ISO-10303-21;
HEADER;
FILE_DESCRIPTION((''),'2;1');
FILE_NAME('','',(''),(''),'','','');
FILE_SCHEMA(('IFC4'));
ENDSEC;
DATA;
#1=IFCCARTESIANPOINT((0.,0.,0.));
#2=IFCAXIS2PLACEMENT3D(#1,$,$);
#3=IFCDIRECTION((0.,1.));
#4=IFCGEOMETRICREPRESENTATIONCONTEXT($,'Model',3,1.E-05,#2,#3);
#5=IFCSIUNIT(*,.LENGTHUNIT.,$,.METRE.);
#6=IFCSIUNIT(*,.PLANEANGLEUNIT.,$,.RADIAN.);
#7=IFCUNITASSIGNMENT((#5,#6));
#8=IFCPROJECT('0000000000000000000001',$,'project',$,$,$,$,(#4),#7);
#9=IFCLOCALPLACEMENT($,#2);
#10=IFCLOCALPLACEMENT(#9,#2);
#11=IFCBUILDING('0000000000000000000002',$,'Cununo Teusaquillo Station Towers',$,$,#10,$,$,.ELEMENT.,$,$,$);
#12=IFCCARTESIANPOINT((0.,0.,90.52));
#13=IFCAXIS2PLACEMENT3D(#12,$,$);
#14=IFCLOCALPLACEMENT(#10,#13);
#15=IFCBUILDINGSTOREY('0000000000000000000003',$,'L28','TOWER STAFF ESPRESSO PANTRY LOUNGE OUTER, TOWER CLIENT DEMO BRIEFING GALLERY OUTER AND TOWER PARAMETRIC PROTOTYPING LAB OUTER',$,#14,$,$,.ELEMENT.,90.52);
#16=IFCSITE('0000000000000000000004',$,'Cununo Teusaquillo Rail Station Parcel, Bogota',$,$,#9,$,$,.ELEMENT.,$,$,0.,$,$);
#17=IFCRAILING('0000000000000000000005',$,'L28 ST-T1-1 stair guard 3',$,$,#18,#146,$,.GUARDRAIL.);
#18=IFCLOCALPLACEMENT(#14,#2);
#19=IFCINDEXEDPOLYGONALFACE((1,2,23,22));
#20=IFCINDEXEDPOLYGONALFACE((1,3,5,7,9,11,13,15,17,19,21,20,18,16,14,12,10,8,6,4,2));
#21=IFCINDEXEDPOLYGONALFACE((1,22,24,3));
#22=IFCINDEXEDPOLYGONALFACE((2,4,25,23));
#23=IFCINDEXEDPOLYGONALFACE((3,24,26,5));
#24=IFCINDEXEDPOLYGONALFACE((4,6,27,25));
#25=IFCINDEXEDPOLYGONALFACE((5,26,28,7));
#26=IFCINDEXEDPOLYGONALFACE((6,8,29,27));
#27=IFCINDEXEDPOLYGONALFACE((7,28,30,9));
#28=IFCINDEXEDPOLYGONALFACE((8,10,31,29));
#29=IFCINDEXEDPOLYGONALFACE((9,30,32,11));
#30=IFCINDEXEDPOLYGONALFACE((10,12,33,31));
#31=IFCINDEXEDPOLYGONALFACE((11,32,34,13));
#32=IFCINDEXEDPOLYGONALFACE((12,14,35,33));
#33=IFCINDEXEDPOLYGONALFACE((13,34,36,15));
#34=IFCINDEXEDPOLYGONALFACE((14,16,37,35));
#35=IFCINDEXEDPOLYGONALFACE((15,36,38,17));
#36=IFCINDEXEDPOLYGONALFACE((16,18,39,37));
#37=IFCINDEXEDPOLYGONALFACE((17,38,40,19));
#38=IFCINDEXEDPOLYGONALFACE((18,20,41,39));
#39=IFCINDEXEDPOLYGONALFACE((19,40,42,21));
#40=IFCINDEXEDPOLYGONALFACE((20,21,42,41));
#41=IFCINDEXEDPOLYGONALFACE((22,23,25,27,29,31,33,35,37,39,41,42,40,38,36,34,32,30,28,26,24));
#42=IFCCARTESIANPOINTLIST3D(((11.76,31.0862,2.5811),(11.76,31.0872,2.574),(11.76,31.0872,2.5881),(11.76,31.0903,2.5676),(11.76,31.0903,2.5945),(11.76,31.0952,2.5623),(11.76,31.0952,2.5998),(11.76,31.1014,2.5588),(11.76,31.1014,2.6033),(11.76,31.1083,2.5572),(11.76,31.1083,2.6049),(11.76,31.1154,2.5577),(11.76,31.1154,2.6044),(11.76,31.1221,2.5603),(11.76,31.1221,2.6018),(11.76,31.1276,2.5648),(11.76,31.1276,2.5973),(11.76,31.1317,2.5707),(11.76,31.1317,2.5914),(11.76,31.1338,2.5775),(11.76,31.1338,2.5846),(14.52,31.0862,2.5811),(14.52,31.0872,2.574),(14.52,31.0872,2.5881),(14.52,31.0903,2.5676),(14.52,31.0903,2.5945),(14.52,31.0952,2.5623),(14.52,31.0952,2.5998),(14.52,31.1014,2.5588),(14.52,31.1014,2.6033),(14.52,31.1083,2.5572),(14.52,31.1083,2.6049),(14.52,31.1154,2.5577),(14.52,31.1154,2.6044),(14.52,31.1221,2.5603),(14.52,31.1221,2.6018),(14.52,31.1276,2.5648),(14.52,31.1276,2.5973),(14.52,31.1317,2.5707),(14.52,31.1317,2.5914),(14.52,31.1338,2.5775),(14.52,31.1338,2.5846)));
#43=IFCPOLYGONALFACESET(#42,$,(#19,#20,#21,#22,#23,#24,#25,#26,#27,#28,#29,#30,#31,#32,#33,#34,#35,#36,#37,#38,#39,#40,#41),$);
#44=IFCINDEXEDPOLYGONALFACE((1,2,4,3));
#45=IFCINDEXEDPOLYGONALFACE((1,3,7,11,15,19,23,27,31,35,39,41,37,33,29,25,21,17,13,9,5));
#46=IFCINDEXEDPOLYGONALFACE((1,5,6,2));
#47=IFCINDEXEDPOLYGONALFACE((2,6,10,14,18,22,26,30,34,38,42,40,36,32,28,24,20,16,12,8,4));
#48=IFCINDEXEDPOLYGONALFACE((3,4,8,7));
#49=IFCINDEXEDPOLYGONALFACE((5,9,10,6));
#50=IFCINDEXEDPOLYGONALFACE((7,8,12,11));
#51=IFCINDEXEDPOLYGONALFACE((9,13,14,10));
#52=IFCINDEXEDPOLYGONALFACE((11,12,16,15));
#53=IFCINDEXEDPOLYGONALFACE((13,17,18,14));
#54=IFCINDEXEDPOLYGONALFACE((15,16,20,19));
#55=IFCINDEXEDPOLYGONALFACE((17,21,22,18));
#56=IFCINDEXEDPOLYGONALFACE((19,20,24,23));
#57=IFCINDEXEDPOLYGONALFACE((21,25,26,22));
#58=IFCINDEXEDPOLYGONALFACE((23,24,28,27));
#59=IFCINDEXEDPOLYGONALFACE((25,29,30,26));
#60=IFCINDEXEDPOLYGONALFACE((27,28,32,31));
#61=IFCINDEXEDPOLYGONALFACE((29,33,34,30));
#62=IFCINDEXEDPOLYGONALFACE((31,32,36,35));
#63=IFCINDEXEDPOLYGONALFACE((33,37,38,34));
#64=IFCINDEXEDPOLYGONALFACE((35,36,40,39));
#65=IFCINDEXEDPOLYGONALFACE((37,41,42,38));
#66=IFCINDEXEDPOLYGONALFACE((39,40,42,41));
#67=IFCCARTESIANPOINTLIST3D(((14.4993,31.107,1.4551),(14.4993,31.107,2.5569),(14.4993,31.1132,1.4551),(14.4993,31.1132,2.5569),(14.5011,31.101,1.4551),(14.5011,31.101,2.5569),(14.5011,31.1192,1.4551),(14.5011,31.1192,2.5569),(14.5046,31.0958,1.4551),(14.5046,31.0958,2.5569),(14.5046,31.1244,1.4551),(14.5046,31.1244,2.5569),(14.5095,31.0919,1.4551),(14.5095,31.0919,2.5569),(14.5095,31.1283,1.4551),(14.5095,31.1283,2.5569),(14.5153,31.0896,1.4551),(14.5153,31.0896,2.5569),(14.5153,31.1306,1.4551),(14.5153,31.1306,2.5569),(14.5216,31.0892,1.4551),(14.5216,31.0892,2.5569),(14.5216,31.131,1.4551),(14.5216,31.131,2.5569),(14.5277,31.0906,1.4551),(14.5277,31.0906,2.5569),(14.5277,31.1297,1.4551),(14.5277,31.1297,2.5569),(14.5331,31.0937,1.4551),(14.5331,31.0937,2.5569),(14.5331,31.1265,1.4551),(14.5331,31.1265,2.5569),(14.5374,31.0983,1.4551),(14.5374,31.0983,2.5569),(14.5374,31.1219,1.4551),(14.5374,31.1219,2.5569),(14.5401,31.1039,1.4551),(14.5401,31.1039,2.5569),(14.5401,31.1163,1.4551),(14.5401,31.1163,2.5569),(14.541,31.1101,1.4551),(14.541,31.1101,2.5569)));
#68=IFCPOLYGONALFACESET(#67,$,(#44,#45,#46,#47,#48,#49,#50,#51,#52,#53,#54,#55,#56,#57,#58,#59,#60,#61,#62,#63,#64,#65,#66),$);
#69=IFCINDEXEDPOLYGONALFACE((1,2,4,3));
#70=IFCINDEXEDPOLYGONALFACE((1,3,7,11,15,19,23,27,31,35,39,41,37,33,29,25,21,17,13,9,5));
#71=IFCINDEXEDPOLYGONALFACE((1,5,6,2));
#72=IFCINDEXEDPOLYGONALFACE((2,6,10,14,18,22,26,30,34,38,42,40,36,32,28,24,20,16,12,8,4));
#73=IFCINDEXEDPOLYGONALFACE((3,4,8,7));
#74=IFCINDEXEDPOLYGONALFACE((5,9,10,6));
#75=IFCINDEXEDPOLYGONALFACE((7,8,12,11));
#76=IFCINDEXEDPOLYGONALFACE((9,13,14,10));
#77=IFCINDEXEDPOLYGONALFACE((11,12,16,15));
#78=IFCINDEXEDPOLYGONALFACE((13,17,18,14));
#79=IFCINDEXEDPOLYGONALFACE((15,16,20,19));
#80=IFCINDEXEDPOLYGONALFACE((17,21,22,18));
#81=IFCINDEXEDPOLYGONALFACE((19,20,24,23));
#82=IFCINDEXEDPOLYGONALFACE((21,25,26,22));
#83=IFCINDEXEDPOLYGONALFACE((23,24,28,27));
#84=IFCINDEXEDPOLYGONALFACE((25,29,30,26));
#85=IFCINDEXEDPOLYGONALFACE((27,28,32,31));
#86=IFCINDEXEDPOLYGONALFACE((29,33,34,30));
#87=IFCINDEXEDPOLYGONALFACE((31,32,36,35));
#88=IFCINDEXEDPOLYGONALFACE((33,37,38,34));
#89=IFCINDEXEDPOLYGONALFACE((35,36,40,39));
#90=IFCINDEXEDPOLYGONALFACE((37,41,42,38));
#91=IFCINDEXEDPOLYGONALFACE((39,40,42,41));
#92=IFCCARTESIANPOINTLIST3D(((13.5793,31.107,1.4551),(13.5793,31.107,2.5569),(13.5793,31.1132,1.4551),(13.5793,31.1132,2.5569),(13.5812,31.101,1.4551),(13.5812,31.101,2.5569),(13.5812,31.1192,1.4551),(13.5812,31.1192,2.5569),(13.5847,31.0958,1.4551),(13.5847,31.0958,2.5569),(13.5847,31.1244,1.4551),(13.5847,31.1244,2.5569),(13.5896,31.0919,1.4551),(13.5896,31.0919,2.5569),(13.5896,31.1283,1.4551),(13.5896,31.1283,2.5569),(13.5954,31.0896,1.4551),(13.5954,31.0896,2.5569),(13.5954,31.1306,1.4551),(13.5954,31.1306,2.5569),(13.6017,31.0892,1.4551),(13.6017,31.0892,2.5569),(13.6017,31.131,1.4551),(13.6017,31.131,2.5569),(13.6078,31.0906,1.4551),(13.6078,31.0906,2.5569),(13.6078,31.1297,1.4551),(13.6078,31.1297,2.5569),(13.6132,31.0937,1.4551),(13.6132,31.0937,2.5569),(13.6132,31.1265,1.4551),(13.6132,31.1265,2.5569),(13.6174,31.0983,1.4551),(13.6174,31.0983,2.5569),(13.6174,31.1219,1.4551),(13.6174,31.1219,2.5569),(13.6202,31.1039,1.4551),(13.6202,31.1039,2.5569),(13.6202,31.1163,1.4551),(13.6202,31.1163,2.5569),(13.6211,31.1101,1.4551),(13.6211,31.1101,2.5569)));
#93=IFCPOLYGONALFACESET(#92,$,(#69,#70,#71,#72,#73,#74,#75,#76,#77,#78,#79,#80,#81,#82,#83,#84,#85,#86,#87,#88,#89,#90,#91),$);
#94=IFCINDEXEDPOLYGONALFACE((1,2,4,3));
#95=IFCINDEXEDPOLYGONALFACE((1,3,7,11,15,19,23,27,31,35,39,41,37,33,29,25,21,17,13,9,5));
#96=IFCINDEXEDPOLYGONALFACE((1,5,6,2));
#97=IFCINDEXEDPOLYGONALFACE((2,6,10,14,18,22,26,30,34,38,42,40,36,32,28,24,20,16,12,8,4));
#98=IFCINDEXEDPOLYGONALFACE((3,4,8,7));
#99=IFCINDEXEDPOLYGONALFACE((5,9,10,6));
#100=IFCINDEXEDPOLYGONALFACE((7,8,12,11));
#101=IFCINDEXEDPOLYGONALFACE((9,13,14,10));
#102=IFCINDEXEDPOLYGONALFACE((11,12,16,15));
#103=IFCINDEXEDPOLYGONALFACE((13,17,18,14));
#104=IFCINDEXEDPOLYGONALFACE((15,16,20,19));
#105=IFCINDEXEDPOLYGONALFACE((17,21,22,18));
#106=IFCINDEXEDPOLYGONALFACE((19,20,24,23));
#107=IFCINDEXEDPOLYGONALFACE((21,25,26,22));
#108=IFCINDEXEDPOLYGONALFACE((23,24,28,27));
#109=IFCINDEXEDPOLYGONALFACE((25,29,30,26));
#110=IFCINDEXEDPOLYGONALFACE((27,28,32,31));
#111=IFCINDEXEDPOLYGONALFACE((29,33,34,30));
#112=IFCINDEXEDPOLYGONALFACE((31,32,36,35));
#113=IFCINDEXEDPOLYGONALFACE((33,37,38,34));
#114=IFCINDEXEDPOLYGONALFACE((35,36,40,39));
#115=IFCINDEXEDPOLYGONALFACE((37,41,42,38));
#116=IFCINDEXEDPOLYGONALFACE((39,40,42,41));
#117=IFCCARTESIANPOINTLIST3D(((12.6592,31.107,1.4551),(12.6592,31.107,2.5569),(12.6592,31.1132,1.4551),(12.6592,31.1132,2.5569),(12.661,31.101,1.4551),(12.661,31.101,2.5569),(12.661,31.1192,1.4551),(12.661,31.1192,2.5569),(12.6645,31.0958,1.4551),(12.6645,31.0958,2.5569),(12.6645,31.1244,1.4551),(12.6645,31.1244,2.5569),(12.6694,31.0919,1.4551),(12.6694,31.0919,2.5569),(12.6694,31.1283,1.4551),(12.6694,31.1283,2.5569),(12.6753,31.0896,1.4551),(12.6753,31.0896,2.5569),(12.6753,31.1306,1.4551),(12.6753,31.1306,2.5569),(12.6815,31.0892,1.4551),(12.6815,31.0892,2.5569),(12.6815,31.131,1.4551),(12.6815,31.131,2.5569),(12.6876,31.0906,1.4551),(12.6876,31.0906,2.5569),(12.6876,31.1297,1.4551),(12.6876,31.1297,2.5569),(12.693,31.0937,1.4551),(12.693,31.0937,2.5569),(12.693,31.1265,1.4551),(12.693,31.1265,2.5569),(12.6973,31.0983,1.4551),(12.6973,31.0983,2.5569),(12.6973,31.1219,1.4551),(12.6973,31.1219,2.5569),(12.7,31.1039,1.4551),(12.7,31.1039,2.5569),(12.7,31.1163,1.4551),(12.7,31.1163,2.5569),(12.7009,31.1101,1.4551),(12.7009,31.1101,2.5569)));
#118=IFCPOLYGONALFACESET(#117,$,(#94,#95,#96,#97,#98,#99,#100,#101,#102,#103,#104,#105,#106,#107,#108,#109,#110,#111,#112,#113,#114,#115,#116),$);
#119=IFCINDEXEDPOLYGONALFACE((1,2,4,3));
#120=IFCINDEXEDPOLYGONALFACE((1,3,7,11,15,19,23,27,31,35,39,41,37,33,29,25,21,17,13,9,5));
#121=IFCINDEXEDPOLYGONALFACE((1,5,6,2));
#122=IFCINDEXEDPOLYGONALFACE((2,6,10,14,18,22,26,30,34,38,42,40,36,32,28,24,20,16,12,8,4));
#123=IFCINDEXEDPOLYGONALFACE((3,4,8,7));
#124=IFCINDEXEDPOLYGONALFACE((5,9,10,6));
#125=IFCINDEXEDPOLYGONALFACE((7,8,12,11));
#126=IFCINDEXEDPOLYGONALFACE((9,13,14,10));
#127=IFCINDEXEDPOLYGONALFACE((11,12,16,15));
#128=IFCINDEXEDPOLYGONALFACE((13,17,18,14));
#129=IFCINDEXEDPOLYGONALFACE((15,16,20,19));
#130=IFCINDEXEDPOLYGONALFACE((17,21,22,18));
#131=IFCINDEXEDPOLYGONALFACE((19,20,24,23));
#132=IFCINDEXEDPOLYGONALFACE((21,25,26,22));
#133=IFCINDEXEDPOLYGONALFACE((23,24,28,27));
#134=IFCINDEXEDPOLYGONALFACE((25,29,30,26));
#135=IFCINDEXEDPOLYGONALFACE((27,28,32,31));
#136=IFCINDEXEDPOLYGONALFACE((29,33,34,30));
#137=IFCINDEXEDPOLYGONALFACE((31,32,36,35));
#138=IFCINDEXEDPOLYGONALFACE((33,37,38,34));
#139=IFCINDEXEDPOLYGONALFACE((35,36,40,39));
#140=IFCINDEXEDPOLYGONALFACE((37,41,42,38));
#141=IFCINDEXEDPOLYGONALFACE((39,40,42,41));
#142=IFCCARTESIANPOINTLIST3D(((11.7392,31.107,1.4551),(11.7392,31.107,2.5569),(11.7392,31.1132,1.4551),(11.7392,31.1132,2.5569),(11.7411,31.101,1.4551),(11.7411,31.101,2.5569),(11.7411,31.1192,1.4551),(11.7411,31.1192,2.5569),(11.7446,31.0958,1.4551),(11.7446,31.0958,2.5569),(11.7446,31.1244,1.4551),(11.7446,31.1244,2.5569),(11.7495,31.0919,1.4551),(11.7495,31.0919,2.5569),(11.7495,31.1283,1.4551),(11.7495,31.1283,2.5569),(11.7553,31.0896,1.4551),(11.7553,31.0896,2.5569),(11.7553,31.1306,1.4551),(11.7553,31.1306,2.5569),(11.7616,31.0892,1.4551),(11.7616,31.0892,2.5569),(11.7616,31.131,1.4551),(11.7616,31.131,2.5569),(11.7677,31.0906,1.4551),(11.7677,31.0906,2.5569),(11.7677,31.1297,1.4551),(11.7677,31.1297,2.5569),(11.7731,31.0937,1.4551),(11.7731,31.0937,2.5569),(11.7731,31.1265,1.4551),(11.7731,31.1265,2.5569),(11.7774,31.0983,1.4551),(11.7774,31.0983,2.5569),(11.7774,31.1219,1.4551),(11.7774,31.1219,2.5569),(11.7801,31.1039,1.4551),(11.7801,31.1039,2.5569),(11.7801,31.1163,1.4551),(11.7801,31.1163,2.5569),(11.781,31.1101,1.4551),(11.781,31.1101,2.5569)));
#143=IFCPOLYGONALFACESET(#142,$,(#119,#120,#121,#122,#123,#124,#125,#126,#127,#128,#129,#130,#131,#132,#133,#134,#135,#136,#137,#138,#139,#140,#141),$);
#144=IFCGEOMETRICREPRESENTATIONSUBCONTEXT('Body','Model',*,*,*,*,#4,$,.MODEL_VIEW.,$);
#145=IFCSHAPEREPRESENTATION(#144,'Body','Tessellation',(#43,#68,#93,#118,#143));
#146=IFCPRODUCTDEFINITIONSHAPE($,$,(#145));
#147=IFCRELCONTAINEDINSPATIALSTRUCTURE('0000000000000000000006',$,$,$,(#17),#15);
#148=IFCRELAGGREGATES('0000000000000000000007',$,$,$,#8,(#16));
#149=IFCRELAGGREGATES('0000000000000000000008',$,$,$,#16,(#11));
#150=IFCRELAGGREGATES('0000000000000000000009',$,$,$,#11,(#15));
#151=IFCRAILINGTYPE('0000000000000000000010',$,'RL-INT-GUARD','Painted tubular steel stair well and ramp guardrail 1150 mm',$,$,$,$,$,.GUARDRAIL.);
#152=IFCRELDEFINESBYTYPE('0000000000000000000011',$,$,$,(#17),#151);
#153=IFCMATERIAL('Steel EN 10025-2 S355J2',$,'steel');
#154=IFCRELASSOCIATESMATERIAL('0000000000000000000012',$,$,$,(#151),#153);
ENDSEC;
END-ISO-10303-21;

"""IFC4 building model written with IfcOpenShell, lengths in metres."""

from ifc_helpers import new_model, si_unit, direction, frame, origin, origin_2d, place, context, subcontext, project, spatial, circle, extrude, material, type_object, element, save


model = new_model("IFC4")

# Units and contexts
model_context = context("Model", 3, precision=1e-05, world=origin(), true_north=direction((0.0, 1.0)))
body_context = subcontext(model_context, "Body", "Model", "MODEL_VIEW")
ifc_project = project(units=[si_unit("LENGTHUNIT", "METRE"), si_unit("PLANEANGLEUNIT", "RADIAN")], contexts=[model_context])

# Site, building, storey
site_placement = place(None, origin())
site = spatial("IfcSite", under=ifc_project, at=site_placement, Name="Cununo Teusaquillo Rail Station Parcel, Bogota", CompositionType="ELEMENT", RefElevation=0.0)
building_placement = place(site_placement, origin())
building = spatial("IfcBuilding", under=site, at=building_placement, Name="Cununo Teusaquillo Station Towers", CompositionType="ELEMENT")
storey_placement = place(building_placement, frame((0.0, 0.0, 90.52)))
storey = spatial("IfcBuildingStorey", under=building, at=storey_placement, Name="L28", Description="TOWER STAFF ESPRESSO PANTRY LOUNGE OUTER, TOWER CLIENT DEMO BRIEFING GALLERY OUTER AND TOWER PARAMETRIC PROTOTYPING LAB OUTER", CompositionType="ELEMENT", Elevation=90.52)

# Railing
ifc_material_1 = material(Name="Steel EN 10025-2 S355J2", Category="steel")
railing_type_1 = type_object("IfcRailingType", Name="RL-INT-GUARD", Description="Painted tubular steel stair well and ramp guardrail 1150 mm", PredefinedType="GUARDRAIL", material=ifc_material_1)
railing_1_placement = place(storey_placement, frame((14.52, 31.1101, 1.4551)))
element("IfcRailing", 1, at=railing_1_placement, inside=storey, type_object=railing_type_1, Name="L28 ST-T1-1 stair guard 3", PredefinedType="GUARDRAIL", context=body_context, shape_type="SweptSolid", body=[
    extrude(circle(Radius=0.0239, at=origin_2d()), frame((0.0, 0.0, 1.126), z_axis=(-1.0, 0.0, 0.0), x_axis=(0.0, -1.0, 0.0)), (0.0, 0.0, 1.0), 2.76),
    extrude(circle(Radius=0.021, at=origin_2d()), origin(), (0.0, 0.0, 1.0), 1.1018),
    extrude(circle(Radius=0.021, at=origin_2d()), frame((-0.9199, 0.0, 0.0)), (0.0, 0.0, 1.0), 1.1018),
    extrude(circle(Radius=0.021, at=origin_2d()), frame((-1.8401, 0.0, 0.0)), (0.0, 0.0, 1.0), 1.1018),
    extrude(circle(Radius=0.021, at=origin_2d()), frame((-2.76, 0.0, 0.0)), (0.0, 0.0, 1.0), 1.1018),
])

save(model, "model.ifc")
